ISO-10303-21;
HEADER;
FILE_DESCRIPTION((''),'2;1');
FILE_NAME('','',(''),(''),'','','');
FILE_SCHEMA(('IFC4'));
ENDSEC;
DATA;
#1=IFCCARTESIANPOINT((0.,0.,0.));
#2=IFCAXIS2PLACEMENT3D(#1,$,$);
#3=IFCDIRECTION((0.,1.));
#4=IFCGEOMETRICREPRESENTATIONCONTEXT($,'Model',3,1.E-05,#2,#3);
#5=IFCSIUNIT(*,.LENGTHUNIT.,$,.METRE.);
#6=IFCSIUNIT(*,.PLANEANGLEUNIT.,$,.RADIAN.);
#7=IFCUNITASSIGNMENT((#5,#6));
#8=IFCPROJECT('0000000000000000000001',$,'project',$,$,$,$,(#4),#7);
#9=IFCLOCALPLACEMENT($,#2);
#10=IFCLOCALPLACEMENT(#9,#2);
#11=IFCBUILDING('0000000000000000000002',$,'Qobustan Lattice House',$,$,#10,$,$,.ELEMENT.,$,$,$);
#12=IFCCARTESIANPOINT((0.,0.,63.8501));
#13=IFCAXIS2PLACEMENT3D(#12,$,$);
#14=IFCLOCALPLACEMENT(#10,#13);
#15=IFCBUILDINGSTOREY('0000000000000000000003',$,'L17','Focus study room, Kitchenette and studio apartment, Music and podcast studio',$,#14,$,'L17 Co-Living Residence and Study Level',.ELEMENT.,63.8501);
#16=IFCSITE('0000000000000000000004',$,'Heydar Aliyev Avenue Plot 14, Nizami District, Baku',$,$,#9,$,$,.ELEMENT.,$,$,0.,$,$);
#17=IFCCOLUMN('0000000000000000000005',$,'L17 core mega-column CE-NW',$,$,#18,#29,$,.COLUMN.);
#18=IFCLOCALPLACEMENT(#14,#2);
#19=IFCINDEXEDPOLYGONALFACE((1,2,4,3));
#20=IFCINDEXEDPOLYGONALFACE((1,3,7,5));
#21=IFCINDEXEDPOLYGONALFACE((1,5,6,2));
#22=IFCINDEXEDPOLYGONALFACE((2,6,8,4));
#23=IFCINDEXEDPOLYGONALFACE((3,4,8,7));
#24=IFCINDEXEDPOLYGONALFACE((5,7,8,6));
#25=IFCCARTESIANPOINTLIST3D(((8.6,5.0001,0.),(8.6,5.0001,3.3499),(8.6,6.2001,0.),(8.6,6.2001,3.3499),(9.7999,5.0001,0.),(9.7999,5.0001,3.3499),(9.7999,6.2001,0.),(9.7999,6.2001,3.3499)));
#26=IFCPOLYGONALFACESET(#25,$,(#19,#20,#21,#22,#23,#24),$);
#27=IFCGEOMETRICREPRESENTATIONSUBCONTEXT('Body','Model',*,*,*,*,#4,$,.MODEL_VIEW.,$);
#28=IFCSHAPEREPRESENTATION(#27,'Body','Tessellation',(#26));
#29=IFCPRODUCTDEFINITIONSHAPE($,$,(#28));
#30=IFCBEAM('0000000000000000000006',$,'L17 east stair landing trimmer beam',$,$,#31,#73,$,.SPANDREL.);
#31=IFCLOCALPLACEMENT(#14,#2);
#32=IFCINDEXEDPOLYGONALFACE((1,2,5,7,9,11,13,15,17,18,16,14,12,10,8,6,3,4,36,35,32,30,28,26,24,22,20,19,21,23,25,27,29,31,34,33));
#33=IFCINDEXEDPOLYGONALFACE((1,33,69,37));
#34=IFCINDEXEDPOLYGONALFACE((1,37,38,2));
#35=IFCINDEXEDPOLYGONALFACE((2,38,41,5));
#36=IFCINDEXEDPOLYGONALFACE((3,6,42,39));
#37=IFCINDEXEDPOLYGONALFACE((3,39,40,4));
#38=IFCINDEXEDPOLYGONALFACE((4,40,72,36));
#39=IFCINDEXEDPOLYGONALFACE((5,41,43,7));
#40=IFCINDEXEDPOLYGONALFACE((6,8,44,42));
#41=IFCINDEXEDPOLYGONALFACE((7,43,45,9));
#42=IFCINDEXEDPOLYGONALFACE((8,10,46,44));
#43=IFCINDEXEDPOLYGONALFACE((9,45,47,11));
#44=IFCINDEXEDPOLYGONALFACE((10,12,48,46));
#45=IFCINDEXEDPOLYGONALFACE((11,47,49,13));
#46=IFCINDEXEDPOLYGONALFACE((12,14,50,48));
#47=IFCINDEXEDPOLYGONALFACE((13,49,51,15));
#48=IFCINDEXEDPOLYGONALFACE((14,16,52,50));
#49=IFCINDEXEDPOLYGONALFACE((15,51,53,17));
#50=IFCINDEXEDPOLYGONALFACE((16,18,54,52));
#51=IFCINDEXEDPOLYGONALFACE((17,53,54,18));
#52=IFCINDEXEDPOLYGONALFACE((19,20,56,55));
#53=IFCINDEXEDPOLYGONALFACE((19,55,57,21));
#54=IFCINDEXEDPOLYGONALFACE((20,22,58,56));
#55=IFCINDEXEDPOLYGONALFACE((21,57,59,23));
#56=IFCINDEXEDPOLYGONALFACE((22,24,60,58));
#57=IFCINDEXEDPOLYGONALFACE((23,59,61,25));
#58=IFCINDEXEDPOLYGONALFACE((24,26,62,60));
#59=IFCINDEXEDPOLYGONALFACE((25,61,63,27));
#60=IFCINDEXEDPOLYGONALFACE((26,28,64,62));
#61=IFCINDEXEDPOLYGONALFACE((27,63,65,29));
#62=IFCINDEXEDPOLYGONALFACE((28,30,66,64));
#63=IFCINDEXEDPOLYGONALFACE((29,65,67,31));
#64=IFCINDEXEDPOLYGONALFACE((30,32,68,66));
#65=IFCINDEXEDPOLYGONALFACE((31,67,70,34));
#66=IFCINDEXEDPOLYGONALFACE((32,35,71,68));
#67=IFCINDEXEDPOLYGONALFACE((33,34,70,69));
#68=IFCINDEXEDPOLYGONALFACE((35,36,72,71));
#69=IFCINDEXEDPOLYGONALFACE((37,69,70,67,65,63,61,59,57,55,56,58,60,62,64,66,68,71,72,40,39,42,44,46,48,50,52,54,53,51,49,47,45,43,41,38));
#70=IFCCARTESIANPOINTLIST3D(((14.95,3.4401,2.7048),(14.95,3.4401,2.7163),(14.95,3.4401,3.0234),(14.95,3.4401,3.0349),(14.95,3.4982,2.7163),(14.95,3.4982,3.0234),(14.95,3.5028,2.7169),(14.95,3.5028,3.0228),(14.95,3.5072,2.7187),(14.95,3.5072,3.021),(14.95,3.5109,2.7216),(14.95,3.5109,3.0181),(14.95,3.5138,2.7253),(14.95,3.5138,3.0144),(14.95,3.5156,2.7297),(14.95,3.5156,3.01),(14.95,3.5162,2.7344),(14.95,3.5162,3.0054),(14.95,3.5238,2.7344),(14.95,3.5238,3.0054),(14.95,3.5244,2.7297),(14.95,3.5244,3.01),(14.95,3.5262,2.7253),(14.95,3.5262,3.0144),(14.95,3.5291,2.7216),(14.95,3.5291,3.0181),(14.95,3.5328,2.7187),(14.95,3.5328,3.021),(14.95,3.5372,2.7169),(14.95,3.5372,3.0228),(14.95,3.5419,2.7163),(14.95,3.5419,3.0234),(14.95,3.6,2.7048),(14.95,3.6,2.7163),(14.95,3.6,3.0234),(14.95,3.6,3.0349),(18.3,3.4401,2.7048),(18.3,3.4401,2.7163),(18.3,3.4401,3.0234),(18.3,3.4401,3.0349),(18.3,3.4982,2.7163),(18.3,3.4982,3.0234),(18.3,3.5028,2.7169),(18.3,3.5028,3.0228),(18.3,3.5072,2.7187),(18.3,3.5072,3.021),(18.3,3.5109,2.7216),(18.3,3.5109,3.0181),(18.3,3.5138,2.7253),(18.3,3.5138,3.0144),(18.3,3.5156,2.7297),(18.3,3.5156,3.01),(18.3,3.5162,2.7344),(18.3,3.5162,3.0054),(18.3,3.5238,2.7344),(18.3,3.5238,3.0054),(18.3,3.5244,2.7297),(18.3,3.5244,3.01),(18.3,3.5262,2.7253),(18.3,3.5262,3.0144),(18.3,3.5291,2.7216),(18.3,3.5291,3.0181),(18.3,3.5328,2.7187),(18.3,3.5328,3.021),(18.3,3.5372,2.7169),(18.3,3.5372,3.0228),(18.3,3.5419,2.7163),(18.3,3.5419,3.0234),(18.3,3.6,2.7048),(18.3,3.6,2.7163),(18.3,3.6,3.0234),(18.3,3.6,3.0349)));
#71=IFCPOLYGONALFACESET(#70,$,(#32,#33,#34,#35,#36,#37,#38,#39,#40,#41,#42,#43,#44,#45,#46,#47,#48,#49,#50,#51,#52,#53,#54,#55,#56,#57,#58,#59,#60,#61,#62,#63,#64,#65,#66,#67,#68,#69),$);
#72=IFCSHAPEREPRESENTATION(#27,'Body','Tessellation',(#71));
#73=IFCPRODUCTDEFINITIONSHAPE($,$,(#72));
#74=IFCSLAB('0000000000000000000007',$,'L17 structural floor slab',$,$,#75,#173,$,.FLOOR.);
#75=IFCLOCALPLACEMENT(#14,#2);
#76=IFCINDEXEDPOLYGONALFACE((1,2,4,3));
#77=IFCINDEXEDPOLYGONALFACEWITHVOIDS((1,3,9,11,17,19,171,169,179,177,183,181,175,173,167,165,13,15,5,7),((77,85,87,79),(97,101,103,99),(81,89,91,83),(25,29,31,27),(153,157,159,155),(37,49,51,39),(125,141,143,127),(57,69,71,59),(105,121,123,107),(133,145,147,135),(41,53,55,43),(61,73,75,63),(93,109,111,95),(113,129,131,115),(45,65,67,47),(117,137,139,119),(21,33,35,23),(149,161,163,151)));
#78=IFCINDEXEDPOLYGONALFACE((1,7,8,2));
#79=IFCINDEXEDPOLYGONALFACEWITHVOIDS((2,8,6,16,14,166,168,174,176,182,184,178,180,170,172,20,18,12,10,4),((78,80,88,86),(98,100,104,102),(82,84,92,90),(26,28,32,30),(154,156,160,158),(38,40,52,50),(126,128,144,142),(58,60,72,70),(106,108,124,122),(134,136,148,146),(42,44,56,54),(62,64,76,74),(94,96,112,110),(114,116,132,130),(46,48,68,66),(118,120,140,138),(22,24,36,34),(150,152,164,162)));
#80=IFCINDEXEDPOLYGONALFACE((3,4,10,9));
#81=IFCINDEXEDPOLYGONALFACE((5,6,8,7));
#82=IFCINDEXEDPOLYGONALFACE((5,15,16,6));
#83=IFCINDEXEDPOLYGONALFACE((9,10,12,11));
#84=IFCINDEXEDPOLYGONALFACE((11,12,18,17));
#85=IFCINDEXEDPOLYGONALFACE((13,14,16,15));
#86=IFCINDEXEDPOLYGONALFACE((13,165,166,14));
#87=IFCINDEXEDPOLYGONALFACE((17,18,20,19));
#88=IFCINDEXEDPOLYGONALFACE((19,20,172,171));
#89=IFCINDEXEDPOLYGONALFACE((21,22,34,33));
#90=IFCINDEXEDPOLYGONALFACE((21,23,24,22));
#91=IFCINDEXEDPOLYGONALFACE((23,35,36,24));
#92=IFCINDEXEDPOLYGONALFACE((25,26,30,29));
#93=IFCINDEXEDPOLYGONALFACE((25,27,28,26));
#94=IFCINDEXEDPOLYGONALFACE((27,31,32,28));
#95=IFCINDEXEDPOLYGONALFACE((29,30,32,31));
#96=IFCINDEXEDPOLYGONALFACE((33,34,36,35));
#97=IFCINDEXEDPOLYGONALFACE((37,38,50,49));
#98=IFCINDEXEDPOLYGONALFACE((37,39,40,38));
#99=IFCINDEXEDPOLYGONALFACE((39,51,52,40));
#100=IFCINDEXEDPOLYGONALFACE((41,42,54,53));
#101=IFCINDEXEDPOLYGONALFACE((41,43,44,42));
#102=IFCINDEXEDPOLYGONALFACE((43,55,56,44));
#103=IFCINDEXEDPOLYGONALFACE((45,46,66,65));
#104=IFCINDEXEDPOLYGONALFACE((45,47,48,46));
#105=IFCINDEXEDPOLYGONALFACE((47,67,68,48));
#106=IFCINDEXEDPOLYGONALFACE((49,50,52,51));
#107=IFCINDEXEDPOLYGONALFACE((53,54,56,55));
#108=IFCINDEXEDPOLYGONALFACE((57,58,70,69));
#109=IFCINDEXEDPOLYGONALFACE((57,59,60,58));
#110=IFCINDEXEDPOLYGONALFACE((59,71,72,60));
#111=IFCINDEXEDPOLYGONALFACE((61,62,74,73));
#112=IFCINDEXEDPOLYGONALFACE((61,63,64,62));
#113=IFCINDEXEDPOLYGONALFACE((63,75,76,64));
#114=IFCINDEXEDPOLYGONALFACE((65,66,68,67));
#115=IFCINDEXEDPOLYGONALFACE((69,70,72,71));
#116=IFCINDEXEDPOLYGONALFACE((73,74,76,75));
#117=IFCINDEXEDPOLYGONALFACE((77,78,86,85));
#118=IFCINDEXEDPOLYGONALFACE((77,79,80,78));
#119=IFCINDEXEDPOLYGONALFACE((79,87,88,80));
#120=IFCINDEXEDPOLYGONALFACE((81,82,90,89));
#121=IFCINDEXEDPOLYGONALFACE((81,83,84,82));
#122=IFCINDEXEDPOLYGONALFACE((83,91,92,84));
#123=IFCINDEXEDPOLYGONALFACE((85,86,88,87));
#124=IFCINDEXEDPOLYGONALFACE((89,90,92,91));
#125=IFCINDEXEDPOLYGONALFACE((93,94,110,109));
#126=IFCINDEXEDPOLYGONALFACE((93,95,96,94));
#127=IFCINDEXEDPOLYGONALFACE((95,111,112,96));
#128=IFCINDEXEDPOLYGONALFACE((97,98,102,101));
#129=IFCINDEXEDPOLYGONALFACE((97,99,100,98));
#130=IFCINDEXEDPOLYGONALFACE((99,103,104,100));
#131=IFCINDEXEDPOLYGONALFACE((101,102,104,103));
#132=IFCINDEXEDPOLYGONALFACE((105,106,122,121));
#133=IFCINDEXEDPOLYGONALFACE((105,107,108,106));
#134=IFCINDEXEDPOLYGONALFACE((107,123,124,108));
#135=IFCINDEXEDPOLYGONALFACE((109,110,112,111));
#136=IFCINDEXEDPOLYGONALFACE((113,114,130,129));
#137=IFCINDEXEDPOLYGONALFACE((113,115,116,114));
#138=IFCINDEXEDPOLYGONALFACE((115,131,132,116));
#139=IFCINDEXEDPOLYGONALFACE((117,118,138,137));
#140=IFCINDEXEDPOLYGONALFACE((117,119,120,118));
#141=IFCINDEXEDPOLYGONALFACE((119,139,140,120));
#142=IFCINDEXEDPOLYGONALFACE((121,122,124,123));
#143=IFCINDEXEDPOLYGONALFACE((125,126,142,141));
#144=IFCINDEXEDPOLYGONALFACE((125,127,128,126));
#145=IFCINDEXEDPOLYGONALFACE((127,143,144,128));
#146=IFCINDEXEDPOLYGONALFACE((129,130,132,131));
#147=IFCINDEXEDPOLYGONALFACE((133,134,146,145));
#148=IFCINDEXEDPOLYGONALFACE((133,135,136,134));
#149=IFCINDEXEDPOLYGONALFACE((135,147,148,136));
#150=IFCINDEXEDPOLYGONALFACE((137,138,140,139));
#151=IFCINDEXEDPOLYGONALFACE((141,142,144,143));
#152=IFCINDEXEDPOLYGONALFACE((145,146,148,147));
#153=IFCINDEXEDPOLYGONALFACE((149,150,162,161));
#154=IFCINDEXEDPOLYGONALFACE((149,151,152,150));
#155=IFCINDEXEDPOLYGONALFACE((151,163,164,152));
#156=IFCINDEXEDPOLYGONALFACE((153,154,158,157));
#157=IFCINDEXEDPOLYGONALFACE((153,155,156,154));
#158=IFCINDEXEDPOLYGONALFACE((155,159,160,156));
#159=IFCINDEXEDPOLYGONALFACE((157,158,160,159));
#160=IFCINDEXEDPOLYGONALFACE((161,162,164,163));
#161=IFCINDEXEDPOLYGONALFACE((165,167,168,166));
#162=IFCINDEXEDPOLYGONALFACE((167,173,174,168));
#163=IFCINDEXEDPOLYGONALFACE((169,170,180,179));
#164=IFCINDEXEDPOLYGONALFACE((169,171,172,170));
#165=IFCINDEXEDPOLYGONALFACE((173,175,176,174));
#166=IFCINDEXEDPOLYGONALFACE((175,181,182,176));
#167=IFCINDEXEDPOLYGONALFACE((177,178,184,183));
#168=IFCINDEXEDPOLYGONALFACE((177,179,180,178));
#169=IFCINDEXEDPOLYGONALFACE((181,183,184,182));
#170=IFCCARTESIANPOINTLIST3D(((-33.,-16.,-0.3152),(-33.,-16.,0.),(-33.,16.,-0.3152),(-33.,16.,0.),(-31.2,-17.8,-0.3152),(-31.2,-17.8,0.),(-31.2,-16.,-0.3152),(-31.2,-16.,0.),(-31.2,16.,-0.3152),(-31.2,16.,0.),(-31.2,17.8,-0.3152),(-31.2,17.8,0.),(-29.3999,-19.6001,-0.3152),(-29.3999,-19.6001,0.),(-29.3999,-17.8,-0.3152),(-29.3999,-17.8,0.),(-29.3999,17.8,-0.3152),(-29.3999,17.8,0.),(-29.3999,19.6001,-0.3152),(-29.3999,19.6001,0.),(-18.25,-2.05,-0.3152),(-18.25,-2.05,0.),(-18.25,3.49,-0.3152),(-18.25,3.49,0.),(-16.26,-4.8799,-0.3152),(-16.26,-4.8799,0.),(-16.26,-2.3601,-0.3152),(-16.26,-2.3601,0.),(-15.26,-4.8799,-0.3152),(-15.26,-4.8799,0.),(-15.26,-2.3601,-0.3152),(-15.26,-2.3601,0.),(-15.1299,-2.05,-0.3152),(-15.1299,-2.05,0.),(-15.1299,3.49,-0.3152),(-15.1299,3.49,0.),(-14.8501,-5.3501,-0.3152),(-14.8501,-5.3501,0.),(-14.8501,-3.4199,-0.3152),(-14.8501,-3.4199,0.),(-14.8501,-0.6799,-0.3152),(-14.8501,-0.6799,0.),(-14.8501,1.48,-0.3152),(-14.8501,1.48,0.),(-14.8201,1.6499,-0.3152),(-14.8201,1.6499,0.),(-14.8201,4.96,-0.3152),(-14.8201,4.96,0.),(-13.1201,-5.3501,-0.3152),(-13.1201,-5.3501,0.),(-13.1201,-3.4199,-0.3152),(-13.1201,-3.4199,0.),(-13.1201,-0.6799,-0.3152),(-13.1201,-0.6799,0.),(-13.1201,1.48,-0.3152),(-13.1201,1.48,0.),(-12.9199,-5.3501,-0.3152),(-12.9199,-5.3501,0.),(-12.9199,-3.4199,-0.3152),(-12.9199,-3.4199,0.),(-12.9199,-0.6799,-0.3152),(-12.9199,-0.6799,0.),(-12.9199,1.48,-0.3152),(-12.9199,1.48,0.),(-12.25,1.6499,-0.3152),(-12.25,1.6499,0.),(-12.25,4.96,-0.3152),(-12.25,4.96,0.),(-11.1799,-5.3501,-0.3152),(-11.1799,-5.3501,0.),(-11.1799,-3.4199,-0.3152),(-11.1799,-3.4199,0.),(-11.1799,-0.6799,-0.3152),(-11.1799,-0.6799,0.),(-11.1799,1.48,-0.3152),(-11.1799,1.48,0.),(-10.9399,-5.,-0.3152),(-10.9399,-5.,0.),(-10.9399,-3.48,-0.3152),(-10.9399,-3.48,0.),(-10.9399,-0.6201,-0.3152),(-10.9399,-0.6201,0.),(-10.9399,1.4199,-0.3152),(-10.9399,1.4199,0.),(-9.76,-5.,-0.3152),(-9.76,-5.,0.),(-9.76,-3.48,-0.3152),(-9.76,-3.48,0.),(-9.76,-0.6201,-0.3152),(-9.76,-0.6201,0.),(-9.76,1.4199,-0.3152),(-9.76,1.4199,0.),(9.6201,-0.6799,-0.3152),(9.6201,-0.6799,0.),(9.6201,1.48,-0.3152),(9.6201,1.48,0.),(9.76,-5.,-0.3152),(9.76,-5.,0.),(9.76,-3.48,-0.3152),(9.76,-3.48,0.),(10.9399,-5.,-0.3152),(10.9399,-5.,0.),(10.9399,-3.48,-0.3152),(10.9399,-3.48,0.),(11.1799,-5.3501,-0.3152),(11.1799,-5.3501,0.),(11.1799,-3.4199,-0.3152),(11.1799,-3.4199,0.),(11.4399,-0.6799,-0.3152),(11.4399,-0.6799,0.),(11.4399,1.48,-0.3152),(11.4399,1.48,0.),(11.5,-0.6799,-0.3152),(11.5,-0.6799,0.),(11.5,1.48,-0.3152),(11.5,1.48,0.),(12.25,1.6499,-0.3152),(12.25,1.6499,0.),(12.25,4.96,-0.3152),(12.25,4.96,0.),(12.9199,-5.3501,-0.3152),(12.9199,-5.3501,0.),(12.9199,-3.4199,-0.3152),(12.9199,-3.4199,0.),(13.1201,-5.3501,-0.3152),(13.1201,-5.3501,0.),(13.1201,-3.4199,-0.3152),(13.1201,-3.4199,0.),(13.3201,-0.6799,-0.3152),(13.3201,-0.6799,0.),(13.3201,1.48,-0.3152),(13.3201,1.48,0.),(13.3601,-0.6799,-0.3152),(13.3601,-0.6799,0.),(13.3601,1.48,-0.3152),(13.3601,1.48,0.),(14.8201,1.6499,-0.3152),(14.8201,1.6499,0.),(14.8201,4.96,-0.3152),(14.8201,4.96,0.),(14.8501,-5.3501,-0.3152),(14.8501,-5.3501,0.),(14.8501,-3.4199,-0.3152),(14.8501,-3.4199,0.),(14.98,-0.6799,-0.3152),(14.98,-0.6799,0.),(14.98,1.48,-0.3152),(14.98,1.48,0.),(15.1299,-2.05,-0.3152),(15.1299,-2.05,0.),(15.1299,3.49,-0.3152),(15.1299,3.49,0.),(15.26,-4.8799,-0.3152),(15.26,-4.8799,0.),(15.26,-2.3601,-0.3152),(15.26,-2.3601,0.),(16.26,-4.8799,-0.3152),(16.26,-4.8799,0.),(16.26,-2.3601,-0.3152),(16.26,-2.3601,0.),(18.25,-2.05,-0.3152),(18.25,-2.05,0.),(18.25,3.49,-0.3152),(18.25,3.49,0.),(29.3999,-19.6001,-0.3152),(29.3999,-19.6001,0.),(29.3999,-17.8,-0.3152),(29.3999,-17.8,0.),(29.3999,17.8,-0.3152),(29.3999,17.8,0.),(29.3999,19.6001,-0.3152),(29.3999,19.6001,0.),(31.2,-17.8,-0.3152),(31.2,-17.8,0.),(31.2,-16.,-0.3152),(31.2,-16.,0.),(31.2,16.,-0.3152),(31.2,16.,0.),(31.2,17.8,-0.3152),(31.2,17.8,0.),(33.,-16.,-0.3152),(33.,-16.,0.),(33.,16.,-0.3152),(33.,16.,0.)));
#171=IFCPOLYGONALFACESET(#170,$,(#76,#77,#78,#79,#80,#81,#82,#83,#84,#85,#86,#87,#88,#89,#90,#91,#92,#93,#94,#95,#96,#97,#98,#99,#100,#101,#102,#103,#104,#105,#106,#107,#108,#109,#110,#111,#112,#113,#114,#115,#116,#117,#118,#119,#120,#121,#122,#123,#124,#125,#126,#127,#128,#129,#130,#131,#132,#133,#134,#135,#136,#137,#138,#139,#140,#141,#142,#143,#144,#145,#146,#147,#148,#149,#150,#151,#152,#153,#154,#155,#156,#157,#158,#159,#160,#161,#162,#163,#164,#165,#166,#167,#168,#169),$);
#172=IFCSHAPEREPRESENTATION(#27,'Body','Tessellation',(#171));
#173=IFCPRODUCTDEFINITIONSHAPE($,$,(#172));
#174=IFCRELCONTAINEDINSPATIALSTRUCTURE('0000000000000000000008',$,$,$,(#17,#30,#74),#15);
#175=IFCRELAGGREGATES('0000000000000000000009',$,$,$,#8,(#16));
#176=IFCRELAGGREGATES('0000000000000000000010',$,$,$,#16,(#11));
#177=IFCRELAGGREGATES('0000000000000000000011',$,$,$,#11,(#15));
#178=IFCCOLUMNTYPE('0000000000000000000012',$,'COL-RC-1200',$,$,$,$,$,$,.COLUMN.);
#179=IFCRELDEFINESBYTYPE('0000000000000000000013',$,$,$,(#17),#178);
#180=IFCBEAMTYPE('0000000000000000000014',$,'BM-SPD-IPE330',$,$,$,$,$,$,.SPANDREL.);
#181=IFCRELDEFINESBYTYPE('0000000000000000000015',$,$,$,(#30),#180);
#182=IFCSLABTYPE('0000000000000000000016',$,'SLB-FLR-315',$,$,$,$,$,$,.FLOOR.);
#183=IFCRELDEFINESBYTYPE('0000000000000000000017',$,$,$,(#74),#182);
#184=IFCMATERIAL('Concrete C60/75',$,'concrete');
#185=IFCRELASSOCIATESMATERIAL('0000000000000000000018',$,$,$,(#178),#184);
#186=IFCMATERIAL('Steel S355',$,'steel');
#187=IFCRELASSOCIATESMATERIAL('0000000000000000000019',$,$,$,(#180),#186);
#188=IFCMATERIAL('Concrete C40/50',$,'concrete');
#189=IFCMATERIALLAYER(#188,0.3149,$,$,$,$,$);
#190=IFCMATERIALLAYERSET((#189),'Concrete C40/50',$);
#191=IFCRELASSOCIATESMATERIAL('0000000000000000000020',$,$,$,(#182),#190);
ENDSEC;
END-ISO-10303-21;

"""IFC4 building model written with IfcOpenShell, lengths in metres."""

from ifc_helpers import new_model, si_unit, direction, frame, origin, origin_2d, place, context, subcontext, project, spatial, polyline, rectangle, i_section, outline, extrude, material, layer, layer_set, material_profile, profile_set, type_object, element, save


model = new_model("IFC4")

# Units and contexts
model_context = context("Model", 3, precision=1e-05, world=origin(), true_north=direction((0.0, 1.0)))
body_context = subcontext(model_context, "Body", "Model", "MODEL_VIEW")
ifc_project = project(units=[si_unit("LENGTHUNIT", "METRE"), si_unit("PLANEANGLEUNIT", "RADIAN")], contexts=[model_context])

# Site, building, storey
site_placement = place(None, origin())
site = spatial("IfcSite", under=ifc_project, at=site_placement, Name="Heydar Aliyev Avenue Plot 14, Nizami District, Baku", CompositionType="ELEMENT", RefElevation=0.0)
building_placement = place(site_placement, origin())
building = spatial("IfcBuilding", under=site, at=building_placement, Name="Qobustan Lattice House", CompositionType="ELEMENT")
storey_placement = place(building_placement, frame((0.0, 0.0, 63.8501)))
storey = spatial("IfcBuildingStorey", under=building, at=storey_placement, Name="L17", Description="Focus study room, Kitchenette and studio apartment, Music and podcast studio", LongName="L17 Co-Living Residence and Study Level", CompositionType="ELEMENT", Elevation=63.8501)

# Column
ifc_material_1 = material(Name="Concrete C60/75", Category="concrete")
ifc_material_profile_1 = material_profile(ifc_material_1, rectangle(XDim=1.2, YDim=1.2, at=origin_2d()), Name="RC1200x1200")
ifc_profile_set_1 = profile_set([ifc_material_profile_1], Name="Concrete C60/75")
column_type = type_object("IfcColumnType", Name="COL-RC-1200", PredefinedType="COLUMN", material=ifc_profile_set_1)
column_placement = place(storey_placement, frame((9.2, 5.6001, 0.0), z_axis=(0.0, 0.0, 1.0), x_axis=(1.0, 0.0, 0.0)))
element("IfcColumn", 1, at=column_placement, inside=storey, type_object=column_type, Name="L17 core mega-column CE-NW", PredefinedType="COLUMN", context=body_context, shape_type="SweptSolid", body=[
    extrude(rectangle(XDim=1.2, YDim=1.2, at=origin_2d()), origin(), (0.0, 0.0, 1.0), 3.3499),
])

# Beam
ifc_material_2 = material(Name="Steel S355", Category="steel")
ifc_material_profile_2 = material_profile(ifc_material_2, i_section(OverallWidth=0.1599, OverallDepth=0.3301, WebThickness=0.0076, FlangeThickness=0.0115, FilletRadius=0.0181, at=origin_2d()), Name="IPE330")
ifc_profile_set_2 = profile_set([ifc_material_profile_2], Name="Steel S355")
beam_type = type_object("IfcBeamType", Name="BM-SPD-IPE330", PredefinedType="SPANDREL", material=ifc_profile_set_2)
beam_placement = place(storey_placement, frame((14.95, 3.52, 2.8699), z_axis=(1.0, 0.0, 0.0), x_axis=(0.0, 1.0, 0.0)))
element("IfcBeam", 2, at=beam_placement, inside=storey, type_object=beam_type, Name="L17 east stair landing trimmer beam", PredefinedType="SPANDREL", context=body_context, shape_type="SweptSolid", body=[
    extrude(i_section(OverallWidth=0.1599, OverallDepth=0.3301, WebThickness=0.0076, FlangeThickness=0.0115, FilletRadius=0.0181, at=origin_2d()), origin(), (0.0, 0.0, 1.0), 3.3501),
])

# Slab
ifc_material_3 = material(Name="Concrete C40/50", Category="concrete")
ifc_layer_1 = layer(ifc_material_3, 0.3149)
ifc_layer_set_1 = layer_set([ifc_layer_1], Name="Concrete C40/50")
slab_type_1 = type_object("IfcSlabType", Name="SLB-FLR-315", PredefinedType="FLOOR", material=ifc_layer_set_1)
slab_1_placement = place(storey_placement, frame((0.0, 0.0, -0.3152)))
element("IfcSlab", 3, at=slab_1_placement, inside=storey, type_object=slab_type_1, Name="L17 structural floor slab", PredefinedType="FLOOR", context=body_context, shape_type="SweptSolid", body=[
    extrude(outline(polyline([(-29.3999, -19.6001), (29.3999, -19.6001), (29.3999, -17.8), (31.2, -17.8), (31.2, -16.0), (33.0, -16.0), (33.0, 16.0), (31.2, 16.0), (31.2, 17.8), (29.3999, 17.8), (29.3999, 19.6001), (-29.3999, 19.6001), (-29.3999, 17.8), (-31.2, 17.8), (-31.2, 16.0), (-33.0, 16.0), (-33.0, -16.0), (-31.2, -16.0), (-31.2, -17.8), (-29.3999, -17.8), (-29.3999, -19.6001)]), holes=[polyline([(-18.25, -2.05), (-18.25, 3.49), (-15.1299, 3.49), (-15.1299, -2.05), (-18.25, -2.05)]), polyline([(15.1299, -2.05), (15.1299, 3.49), (18.25, 3.49), (18.25, -2.05), (15.1299, -2.05)]), polyline([(-14.8201, 1.6499), (-14.8201, 4.96), (-12.25, 4.96), (-12.25, 1.6499), (-14.8201, 1.6499)]), polyline([(12.25, 1.6499), (12.25, 4.96), (14.8201, 4.96), (14.8201, 1.6499), (12.25, 1.6499)]), polyline([(-16.26, -4.8799), (-16.26, -2.3601), (-15.26, -2.3601), (-15.26, -4.8799), (-16.26, -4.8799)]), polyline([(15.26, -4.8799), (15.26, -2.3601), (16.26, -2.3601), (16.26, -4.8799), (15.26, -4.8799)]), polyline([(-14.8501, -5.3501), (-14.8501, -3.4199), (-13.1201, -3.4199), (-13.1201, -5.3501), (-14.8501, -5.3501)]), polyline([(-12.9199, -5.3501), (-12.9199, -3.4199), (-11.1799, -3.4199), (-11.1799, -5.3501), (-12.9199, -5.3501)]), polyline([(-14.8501, -0.6799), (-14.8501, 1.48), (-13.1201, 1.48), (-13.1201, -0.6799), (-14.8501, -0.6799)]), polyline([(-12.9199, -0.6799), (-12.9199, 1.48), (-11.1799, 1.48), (-11.1799, -0.6799), (-12.9199, -0.6799)]), polyline([(-10.9399, -5.0), (-10.9399, -3.48), (-9.76, -3.48), (-9.76, -5.0), (-10.9399, -5.0)]), polyline([(-10.9399, -0.6201), (-10.9399, 1.4199), (-9.76, 1.4199), (-9.76, -0.6201), (-10.9399, -0.6201)]), polyline([(11.1799, -5.3501), (11.1799, -3.4199), (12.9199, -3.4199), (12.9199, -5.3501), (11.1799, -5.3501)]), polyline([(13.1201, -5.3501), (13.1201, -3.4199), (14.8501, -3.4199), (14.8501, -5.3501), (13.1201, -5.3501)]), polyline([(9.76, -5.0), (9.76, -3.48), (10.9399, -3.48), (10.9399, -5.0), (9.76, -5.0)]), polyline([(13.3601, -0.6799), (13.3601, 1.48), (14.98, 1.48), (14.98, -0.6799), (13.3601, -0.6799)]), polyline([(9.6201, -0.6799), (9.6201, 1.48), (11.4399, 1.48), (11.4399, -0.6799), (9.6201, -0.6799)]), polyline([(11.5, -0.6799), (11.5, 1.48), (13.3201, 1.48), (13.3201, -0.6799), (11.5, -0.6799)])]), origin(), (0.0, 0.0, 1.0), 0.3152),
])

save(model, "model.ifc")
